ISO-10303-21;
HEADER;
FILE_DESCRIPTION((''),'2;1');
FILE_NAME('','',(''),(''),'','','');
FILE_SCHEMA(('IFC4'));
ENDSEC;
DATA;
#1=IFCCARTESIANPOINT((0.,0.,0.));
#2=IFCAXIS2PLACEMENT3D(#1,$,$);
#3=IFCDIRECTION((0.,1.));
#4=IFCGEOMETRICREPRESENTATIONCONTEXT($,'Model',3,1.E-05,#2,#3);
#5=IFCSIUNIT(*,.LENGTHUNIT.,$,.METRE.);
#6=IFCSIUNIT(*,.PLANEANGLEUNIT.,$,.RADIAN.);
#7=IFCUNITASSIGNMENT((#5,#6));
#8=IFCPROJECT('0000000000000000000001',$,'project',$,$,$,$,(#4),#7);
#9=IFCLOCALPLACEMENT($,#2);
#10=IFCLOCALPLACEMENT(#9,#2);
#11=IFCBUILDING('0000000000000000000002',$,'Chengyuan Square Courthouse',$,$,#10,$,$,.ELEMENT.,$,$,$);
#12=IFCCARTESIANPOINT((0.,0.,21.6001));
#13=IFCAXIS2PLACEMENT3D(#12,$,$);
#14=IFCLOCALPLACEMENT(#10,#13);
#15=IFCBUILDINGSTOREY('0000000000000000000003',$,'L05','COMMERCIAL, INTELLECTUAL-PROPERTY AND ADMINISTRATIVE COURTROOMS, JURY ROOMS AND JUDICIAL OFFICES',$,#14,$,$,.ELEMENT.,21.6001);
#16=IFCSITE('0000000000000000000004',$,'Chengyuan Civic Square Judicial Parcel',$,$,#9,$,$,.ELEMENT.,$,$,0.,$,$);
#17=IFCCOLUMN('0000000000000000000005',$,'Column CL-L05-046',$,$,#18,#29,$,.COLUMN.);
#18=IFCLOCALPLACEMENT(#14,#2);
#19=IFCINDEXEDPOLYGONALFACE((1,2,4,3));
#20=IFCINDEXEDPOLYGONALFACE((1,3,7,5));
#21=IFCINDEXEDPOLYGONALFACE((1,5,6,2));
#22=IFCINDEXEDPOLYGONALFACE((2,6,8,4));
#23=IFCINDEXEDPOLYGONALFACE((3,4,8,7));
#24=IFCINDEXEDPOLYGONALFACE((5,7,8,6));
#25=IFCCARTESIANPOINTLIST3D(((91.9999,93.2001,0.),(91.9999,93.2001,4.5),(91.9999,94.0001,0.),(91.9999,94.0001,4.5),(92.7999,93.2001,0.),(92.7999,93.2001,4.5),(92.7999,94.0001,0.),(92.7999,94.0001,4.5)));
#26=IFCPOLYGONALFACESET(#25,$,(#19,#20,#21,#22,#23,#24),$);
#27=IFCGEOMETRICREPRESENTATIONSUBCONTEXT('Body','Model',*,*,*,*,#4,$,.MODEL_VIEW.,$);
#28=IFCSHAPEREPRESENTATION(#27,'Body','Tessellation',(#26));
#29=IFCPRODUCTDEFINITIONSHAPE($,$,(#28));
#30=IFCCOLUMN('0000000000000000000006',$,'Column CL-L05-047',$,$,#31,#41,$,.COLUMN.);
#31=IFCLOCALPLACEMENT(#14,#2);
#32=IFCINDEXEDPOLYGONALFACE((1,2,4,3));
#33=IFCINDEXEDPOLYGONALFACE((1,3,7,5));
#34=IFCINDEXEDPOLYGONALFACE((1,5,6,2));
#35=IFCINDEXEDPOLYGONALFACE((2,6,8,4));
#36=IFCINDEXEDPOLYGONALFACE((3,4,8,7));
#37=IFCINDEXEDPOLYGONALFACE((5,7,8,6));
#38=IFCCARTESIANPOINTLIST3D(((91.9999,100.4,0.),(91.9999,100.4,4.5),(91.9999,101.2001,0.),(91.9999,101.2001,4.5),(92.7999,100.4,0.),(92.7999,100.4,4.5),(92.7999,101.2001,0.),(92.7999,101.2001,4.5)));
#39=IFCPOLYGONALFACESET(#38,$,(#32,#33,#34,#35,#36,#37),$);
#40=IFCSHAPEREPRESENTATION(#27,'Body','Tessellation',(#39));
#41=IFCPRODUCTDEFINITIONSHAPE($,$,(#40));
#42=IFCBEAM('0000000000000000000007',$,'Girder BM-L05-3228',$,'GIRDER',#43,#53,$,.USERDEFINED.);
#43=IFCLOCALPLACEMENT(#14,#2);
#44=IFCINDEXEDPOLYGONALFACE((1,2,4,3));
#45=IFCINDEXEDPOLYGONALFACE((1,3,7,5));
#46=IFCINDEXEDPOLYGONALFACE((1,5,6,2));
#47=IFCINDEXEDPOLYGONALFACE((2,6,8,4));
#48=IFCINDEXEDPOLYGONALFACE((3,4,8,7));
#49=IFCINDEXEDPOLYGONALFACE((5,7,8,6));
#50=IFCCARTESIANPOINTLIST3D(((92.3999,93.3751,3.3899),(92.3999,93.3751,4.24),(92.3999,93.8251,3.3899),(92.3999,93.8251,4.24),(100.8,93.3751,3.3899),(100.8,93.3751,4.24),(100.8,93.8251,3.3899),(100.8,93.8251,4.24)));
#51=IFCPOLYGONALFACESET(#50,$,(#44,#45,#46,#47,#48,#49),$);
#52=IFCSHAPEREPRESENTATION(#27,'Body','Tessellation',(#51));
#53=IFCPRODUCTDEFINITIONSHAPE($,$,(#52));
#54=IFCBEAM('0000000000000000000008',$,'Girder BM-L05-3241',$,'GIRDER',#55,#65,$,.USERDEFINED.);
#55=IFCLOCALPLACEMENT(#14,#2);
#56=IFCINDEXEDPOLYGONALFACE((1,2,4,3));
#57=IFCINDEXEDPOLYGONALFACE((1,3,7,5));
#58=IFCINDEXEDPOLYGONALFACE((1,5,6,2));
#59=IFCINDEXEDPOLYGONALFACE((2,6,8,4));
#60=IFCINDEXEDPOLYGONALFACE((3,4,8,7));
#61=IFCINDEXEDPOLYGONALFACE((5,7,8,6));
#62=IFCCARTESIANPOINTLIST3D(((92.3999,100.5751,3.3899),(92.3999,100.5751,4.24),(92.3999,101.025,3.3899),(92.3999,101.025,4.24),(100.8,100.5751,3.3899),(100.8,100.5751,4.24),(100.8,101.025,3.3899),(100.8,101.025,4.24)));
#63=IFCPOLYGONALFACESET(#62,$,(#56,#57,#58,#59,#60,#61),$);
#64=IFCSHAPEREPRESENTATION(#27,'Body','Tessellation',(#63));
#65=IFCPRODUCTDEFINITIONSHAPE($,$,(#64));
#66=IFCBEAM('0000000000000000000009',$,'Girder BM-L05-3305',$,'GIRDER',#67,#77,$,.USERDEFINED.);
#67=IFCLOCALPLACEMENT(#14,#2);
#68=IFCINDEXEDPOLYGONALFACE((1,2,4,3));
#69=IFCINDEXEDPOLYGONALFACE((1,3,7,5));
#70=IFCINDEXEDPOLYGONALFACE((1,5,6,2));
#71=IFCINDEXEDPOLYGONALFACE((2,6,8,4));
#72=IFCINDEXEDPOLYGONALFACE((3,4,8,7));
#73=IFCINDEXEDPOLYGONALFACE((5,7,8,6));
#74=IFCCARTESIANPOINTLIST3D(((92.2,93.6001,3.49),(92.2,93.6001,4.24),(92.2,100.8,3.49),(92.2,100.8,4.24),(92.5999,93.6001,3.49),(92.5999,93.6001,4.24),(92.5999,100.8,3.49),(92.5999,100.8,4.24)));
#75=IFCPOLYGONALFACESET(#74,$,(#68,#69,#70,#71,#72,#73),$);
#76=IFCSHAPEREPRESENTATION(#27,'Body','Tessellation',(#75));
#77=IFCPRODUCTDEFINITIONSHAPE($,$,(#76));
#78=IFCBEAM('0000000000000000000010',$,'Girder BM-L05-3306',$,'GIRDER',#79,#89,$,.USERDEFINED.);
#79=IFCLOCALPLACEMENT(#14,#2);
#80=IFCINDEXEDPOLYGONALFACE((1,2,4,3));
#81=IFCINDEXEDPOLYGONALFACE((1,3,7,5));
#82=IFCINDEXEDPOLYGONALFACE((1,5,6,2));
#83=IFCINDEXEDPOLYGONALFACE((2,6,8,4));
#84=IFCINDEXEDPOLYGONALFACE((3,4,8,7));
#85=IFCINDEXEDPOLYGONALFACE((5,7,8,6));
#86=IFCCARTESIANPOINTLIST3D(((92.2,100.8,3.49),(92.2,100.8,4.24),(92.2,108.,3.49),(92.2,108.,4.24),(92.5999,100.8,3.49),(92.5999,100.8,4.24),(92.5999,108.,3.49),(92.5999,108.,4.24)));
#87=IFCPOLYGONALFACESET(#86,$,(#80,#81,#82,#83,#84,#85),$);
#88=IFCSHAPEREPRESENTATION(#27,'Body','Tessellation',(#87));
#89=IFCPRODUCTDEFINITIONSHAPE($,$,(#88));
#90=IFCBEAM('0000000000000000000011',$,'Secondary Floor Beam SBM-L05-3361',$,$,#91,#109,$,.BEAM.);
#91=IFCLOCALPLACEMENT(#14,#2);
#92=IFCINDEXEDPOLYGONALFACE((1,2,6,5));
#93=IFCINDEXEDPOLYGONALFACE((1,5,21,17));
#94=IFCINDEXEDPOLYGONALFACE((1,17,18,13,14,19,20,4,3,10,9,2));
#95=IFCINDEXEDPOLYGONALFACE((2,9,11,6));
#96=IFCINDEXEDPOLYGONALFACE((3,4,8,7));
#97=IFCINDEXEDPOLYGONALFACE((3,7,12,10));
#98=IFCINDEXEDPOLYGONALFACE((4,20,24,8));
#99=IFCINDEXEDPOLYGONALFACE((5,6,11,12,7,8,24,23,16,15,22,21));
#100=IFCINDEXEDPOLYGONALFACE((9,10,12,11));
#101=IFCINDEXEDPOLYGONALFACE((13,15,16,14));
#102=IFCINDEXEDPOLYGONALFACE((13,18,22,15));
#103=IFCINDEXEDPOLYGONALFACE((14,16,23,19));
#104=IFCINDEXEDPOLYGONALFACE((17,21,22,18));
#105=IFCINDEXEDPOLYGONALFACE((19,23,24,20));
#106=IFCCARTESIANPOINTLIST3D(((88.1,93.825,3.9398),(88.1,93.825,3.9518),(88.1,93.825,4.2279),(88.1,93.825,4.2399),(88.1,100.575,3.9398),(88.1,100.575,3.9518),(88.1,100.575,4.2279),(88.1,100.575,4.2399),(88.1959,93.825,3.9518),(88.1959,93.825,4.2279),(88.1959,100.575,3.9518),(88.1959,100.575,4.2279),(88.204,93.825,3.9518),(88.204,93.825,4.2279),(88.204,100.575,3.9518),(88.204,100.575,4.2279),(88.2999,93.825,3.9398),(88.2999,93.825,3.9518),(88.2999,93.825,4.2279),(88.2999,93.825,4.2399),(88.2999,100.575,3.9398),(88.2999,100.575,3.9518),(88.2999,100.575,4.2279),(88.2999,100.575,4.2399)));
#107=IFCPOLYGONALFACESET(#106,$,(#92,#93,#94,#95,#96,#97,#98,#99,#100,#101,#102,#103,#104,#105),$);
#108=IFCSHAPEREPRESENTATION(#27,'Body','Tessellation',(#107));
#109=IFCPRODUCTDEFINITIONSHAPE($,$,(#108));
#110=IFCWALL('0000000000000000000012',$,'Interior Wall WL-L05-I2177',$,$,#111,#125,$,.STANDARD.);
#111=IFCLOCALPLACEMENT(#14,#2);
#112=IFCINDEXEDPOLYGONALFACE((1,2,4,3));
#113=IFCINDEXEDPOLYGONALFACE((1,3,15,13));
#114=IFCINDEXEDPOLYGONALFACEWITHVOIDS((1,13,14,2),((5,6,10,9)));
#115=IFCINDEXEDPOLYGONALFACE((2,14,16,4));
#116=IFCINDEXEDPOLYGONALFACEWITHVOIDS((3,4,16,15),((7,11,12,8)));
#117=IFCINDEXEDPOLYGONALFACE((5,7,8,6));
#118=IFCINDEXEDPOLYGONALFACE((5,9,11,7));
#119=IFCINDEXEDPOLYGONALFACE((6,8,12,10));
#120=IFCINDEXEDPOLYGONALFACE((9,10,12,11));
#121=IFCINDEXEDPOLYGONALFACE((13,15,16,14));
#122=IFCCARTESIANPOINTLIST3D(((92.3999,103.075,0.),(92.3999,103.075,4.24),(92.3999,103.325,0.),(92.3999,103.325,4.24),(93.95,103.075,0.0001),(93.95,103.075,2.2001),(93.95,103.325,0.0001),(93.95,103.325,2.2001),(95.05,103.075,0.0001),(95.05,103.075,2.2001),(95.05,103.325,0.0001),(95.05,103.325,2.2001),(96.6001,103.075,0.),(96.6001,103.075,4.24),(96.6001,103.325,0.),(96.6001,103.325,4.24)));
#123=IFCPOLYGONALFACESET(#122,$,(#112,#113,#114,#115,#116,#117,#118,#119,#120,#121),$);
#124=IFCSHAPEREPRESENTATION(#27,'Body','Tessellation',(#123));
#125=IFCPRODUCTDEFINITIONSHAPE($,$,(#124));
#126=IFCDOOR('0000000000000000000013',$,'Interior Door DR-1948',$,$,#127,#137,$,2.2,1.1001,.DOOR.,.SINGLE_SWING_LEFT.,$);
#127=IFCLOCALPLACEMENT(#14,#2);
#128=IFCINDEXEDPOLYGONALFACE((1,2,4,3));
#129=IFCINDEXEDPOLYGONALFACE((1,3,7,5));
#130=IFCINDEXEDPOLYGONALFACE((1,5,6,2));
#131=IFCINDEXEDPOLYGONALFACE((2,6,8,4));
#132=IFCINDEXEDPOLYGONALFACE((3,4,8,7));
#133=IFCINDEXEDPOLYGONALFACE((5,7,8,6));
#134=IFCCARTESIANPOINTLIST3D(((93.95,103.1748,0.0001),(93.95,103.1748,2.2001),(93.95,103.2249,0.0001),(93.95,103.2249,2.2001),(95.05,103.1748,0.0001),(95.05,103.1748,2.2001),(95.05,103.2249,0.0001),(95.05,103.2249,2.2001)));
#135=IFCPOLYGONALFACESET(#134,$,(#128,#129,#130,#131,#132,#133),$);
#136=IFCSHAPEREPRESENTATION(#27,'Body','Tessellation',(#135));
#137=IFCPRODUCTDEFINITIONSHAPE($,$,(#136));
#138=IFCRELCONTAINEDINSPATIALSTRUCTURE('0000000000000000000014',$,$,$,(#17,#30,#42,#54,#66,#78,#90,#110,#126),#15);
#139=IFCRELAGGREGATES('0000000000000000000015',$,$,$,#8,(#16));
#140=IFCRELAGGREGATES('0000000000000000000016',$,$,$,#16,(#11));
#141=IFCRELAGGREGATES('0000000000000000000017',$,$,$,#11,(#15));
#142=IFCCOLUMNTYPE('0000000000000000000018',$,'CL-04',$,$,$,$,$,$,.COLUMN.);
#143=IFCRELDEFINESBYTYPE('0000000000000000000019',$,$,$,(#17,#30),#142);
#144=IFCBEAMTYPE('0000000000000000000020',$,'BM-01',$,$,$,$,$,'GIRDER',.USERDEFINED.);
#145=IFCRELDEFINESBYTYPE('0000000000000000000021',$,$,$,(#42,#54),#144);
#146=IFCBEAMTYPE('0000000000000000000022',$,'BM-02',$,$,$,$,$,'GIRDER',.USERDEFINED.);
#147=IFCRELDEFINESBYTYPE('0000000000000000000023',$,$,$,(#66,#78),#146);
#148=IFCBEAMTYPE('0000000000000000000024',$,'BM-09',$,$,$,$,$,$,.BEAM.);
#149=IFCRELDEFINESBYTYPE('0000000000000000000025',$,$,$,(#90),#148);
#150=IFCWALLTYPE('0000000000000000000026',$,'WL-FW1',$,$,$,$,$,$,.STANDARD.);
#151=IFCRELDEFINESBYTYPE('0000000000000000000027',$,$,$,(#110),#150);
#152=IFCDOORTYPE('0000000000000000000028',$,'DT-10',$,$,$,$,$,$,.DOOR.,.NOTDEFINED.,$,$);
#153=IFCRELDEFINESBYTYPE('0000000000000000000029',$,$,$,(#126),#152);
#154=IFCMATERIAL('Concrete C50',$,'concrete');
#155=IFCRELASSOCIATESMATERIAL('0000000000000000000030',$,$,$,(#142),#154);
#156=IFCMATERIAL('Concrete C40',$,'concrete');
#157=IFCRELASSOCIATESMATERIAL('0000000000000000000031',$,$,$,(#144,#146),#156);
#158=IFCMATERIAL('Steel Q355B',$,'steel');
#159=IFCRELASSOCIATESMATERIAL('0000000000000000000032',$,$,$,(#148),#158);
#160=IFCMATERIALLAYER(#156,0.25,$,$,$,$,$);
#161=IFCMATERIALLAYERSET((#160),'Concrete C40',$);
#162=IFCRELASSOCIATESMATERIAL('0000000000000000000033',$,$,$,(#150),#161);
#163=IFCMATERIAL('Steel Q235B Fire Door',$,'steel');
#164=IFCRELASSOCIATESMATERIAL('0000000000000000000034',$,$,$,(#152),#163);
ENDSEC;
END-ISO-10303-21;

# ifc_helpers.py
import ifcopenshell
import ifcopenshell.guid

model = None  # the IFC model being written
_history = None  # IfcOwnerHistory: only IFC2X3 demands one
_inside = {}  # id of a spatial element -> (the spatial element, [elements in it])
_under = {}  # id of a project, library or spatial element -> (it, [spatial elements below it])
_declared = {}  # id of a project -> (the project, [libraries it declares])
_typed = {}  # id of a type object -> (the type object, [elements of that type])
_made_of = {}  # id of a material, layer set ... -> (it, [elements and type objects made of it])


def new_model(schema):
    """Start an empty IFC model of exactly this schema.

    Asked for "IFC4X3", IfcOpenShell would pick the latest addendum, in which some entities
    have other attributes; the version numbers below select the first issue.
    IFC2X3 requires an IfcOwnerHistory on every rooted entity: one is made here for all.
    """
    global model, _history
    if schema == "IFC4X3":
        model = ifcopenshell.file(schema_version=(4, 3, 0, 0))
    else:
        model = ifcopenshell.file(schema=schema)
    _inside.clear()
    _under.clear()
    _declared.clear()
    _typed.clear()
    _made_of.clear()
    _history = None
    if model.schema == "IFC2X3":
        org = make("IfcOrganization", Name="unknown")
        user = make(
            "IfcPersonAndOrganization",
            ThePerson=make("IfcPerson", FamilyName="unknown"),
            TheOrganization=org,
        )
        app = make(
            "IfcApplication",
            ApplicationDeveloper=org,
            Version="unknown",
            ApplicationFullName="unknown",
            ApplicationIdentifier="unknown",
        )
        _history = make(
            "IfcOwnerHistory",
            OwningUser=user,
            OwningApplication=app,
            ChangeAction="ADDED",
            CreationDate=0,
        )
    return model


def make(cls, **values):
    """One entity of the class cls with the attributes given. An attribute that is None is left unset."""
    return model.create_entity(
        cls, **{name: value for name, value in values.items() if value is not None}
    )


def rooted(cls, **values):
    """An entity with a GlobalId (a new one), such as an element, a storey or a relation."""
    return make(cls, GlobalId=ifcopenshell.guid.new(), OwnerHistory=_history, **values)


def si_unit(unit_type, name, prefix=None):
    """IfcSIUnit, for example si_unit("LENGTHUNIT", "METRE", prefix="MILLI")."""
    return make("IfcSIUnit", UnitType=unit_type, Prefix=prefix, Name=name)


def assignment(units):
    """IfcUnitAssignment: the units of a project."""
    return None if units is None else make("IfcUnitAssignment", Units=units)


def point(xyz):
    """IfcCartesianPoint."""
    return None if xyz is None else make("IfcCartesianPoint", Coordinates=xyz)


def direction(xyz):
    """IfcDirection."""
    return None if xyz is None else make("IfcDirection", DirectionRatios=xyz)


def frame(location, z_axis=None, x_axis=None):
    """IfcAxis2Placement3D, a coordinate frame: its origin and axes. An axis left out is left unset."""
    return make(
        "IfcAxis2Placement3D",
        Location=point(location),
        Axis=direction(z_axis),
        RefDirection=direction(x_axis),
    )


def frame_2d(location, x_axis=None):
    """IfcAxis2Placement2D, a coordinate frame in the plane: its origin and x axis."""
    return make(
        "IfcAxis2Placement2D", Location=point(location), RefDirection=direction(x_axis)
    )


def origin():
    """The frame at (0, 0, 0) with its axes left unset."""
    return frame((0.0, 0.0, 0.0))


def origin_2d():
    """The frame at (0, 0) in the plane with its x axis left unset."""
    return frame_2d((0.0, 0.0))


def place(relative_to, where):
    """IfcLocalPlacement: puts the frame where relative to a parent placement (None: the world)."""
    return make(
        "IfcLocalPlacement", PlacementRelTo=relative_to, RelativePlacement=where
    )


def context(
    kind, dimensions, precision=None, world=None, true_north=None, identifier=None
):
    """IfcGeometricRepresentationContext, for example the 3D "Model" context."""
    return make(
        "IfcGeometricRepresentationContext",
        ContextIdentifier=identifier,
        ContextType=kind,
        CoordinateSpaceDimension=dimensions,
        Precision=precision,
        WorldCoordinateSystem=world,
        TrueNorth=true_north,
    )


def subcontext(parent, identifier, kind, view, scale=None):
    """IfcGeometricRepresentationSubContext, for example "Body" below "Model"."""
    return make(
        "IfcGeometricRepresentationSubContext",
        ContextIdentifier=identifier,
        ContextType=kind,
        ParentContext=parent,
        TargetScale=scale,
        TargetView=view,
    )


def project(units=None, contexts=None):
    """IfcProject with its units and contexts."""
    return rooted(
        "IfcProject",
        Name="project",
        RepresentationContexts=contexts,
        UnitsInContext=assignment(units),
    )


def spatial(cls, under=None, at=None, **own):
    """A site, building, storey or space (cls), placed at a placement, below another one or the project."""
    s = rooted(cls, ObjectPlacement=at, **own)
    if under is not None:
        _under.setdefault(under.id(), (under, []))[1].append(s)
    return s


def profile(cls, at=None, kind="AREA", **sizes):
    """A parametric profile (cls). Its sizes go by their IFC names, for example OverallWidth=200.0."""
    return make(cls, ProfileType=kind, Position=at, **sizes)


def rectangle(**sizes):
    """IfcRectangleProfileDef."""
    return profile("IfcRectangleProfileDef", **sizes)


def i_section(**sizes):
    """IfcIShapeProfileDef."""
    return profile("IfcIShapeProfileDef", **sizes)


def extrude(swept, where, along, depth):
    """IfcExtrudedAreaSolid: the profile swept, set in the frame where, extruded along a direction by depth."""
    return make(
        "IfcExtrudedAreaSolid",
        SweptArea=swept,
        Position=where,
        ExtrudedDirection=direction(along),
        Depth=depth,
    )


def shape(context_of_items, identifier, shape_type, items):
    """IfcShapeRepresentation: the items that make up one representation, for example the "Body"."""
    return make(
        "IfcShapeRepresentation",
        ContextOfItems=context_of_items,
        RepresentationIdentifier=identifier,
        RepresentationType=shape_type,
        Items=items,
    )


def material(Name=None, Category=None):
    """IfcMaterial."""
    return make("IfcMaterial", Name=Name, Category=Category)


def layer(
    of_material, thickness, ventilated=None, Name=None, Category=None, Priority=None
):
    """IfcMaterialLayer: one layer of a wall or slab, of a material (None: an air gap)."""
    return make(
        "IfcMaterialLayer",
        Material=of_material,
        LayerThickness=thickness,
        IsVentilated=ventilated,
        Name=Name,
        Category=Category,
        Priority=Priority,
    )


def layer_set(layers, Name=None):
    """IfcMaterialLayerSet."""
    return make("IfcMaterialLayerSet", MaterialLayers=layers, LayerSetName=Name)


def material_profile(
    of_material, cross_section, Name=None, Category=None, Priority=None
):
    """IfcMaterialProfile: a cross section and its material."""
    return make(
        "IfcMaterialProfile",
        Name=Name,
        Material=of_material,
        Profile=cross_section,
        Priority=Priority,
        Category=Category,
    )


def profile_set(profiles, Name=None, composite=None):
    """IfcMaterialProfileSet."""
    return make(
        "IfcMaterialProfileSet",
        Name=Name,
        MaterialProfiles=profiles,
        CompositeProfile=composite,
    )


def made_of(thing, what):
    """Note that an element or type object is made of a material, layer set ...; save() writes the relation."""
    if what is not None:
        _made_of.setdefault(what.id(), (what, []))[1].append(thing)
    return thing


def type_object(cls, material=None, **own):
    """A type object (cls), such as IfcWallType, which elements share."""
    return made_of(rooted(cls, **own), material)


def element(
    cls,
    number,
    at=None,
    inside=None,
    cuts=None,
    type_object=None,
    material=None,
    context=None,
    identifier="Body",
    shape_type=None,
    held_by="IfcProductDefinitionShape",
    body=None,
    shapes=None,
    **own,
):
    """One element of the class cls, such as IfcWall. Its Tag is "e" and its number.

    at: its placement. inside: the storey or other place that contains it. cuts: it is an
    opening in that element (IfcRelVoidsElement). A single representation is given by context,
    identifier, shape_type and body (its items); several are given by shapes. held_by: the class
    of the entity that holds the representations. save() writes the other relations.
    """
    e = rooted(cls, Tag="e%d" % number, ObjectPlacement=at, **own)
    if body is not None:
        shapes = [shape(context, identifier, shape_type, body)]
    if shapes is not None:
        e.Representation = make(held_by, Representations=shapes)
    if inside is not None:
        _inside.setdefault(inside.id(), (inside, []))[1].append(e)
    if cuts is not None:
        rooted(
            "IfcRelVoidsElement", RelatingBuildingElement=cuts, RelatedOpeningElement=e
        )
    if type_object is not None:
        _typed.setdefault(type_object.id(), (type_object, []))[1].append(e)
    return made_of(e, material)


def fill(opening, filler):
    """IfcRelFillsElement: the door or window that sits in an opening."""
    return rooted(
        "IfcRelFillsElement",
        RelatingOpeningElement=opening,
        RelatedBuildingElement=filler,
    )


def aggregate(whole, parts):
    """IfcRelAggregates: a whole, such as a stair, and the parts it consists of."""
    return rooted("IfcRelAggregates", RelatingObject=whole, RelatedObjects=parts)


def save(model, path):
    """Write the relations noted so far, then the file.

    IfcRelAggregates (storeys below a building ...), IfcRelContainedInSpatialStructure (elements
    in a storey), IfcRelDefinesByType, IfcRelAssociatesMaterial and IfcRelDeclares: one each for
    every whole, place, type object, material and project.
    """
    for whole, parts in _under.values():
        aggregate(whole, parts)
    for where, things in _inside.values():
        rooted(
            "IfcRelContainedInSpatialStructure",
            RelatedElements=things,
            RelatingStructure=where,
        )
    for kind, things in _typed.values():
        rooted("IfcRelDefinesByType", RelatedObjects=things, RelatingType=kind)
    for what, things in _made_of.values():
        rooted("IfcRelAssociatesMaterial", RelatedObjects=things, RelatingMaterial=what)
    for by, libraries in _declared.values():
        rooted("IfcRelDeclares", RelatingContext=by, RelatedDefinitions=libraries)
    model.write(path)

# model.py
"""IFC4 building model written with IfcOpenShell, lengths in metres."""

from ifc_helpers import new_model, si_unit, direction, frame, frame_2d, origin, origin_2d, place, context, subcontext, project, spatial, rectangle, i_section, extrude, material, layer, layer_set, material_profile, profile_set, type_object, element, fill, save


model = new_model("IFC4")

# Units and contexts
model_context = context("Model", 3, precision=1e-05, world=origin(), true_north=direction((0.0, 1.0)))
body_context = subcontext(model_context, "Body", "Model", "MODEL_VIEW")
ifc_project = project(units=[si_unit("LENGTHUNIT", "METRE"), si_unit("PLANEANGLEUNIT", "RADIAN")], contexts=[model_context])

# Site, building, storey
site_placement = place(None, origin())
site = spatial("IfcSite", under=ifc_project, at=site_placement, Name="Chengyuan Civic Square Judicial Parcel", CompositionType="ELEMENT", RefElevation=0.0)
building_placement = place(site_placement, origin())
building = spatial("IfcBuilding", under=site, at=building_placement, Name="Chengyuan Square Courthouse", CompositionType="ELEMENT")
storey_placement = place(building_placement, frame((0.0, 0.0, 21.6001)))
storey = spatial("IfcBuildingStorey", under=building, at=storey_placement, Name="L05", Description="COMMERCIAL, INTELLECTUAL-PROPERTY AND ADMINISTRATIVE COURTROOMS, JURY ROOMS AND JUDICIAL OFFICES", CompositionType="ELEMENT", Elevation=21.6001)

# Columns
ifc_material_1 = material(Name="Concrete C50", Category="concrete")
ifc_material_profile_1 = material_profile(ifc_material_1, rectangle(XDim=0.8, YDim=0.8, at=origin_2d()), Name="RC-COL-800x800")
ifc_profile_set_1 = profile_set([ifc_material_profile_1], Name="Concrete C50")
column_type = type_object("IfcColumnType", Name="CL-04", PredefinedType="COLUMN", material=ifc_profile_set_1)
for number, where, z_axis, x_axis, name in (
    (1, (92.3999, 93.6001, 0.0), (0.0, 0.0, 1.0), (1.0, 0.0, 0.0), "Column CL-L05-046"),
    (2, (92.3999, 100.8, 0.0), (0.0, 0.0, 1.0), (1.0, 0.0, 0.0), "Column CL-L05-047"),
):
    element("IfcColumn", number, at=place(storey_placement, frame(where, z_axis=z_axis, x_axis=x_axis)), inside=storey, type_object=column_type, Name=name, PredefinedType="COLUMN", context=body_context, shape_type="SweptSolid", body=[
        extrude(rectangle(XDim=0.8, YDim=0.8, at=origin_2d()), origin(), (0.0, 0.0, 1.0), 4.5),
    ])

# Beams
ifc_material_2 = material(Name="Concrete C40", Category="concrete")
ifc_material_profile_2 = material_profile(ifc_material_2, rectangle(XDim=0.45, YDim=0.8501, at=origin_2d()), Name="RC-BM-450x850")
ifc_profile_set_2 = profile_set([ifc_material_profile_2], Name="Concrete C40")
beam_type_1 = type_object("IfcBeamType", Name="BM-01", ElementType="GIRDER", PredefinedType="USERDEFINED", material=ifc_profile_set_2)
for number, where, z_axis, x_axis, name in (
    (3, (92.3999, 93.6001, 3.8149), (1.0, 0.0, 0.0), (0.0, 1.0, 0.0), "Girder BM-L05-3228"),
    (4, (92.3999, 100.8, 3.8149), (1.0, 0.0, 0.0), (0.0, 1.0, 0.0), "Girder BM-L05-3241"),
):
    element("IfcBeam", number, at=place(storey_placement, frame(where, z_axis=z_axis, x_axis=x_axis)), inside=storey, type_object=beam_type_1, Name=name, ObjectType="GIRDER", PredefinedType="USERDEFINED", context=body_context, shape_type="SweptSolid", body=[
        extrude(rectangle(XDim=0.45, YDim=0.8501, at=origin_2d()), origin(), (0.0, 0.0, 1.0), 8.4001),
    ])
ifc_material_profile_3 = material_profile(ifc_material_2, rectangle(XDim=0.3999, YDim=0.75, at=origin_2d()), Name="RC-BM-400x750")
ifc_profile_set_3 = profile_set([ifc_material_profile_3], Name="Concrete C40")
beam_type_2 = type_object("IfcBeamType", Name="BM-02", ElementType="GIRDER", PredefinedType="USERDEFINED", material=ifc_profile_set_3)
for number, where, z_axis, x_axis, name in (
    (5, (92.3999, 93.6001, 3.865), (0.0, 1.0, 0.0), (-1.0, 0.0, 0.0), "Girder BM-L05-3305"),
    (6, (92.3999, 100.8, 3.865), (0.0, 1.0, 0.0), (-1.0, 0.0, 0.0), "Girder BM-L05-3306"),
):
    element("IfcBeam", number, at=place(storey_placement, frame(where, z_axis=z_axis, x_axis=x_axis)), inside=storey, type_object=beam_type_2, Name=name, ObjectType="GIRDER", PredefinedType="USERDEFINED", context=body_context, shape_type="SweptSolid", body=[
        extrude(rectangle(XDim=0.3999, YDim=0.75, at=origin_2d()), origin(), (0.0, 0.0, 1.0), 7.2),
    ])
ifc_material_3 = material(Name="Steel Q355B", Category="steel")
ifc_material_profile_4 = material_profile(ifc_material_3, i_section(OverallWidth=0.2, OverallDepth=0.3, WebThickness=0.0081, FlangeThickness=0.012, at=origin_2d()), Name="HM 300x200x8x12")
ifc_profile_set_4 = profile_set([ifc_material_profile_4], Name="Steel Q355B")
beam_type_3 = type_object("IfcBeamType", Name="BM-09", PredefinedType="BEAM", material=ifc_profile_set_4)
beam_placement = place(storey_placement, frame((88.2, 93.825, 4.0898), z_axis=(0.0, 1.0, 0.0), x_axis=(-1.0, 0.0, 0.0)))
element("IfcBeam", 7, at=beam_placement, inside=storey, type_object=beam_type_3, Name="Secondary Floor Beam SBM-L05-3361", PredefinedType="BEAM", context=body_context, shape_type="SweptSolid", body=[
    extrude(i_section(OverallWidth=0.2, OverallDepth=0.3, WebThickness=0.0081, FlangeThickness=0.012, at=origin_2d()), origin(), (0.0, 0.0, 1.0), 6.75),
])

# Wall, opening, door
ifc_layer_1 = layer(ifc_material_2, 0.25)
ifc_layer_set_1 = layer_set([ifc_layer_1], Name="Concrete C40")
wall_type_1 = type_object("IfcWallType", Name="WL-FW1", PredefinedType="STANDARD", material=ifc_layer_set_1)
wall_1_placement = place(storey_placement, frame((92.3999, 103.2, 0.0), z_axis=(0.0, 0.0, 1.0), x_axis=(1.0, 0.0, 0.0)))
wall_1 = element("IfcWall", 8, at=wall_1_placement, inside=storey, type_object=wall_type_1, Name="Interior Wall WL-L05-I2177", PredefinedType="STANDARD", context=body_context, shape_type="SweptSolid", body=[
    extrude(rectangle(XDim=4.2002, YDim=0.25, at=frame_2d((2.1001, 0.0))), origin(), (0.0, 0.0, 1.0), 4.24),
])
opening_1_placement = place(wall_1_placement, frame((1.55, 0.0, 0.0)))
opening_1 = element("IfcOpeningElement", 9, at=opening_1_placement, cuts=wall_1, PredefinedType="OPENING", context=body_context, shape_type="SweptSolid", body=[
    extrude(rectangle(XDim=1.1001, YDim=2.2, at=frame_2d((0.55, 1.1001))), frame((0.0, 0.137, 0.0), z_axis=(0.0, -1.0, 0.0), x_axis=(1.0, 0.0, 0.0)), (0.0, 0.0, 1.0), 0.2739),
])
ifc_material_4 = material(Name="Steel Q235B Fire Door", Category="steel")
door_type_1 = type_object("IfcDoorType", Name="DT-10", OperationType="NOTDEFINED", PredefinedType="DOOR", material=ifc_material_4)
door_1_placement = place(opening_1_placement, origin())
door_1 = element("IfcDoor", 10, at=door_1_placement, inside=storey, type_object=door_type_1, Name="Interior Door DR-1948", OperationType="SINGLE_SWING_LEFT", OverallHeight=2.2, OverallWidth=1.1001, PredefinedType="DOOR", context=body_context, shape_type="SweptSolid", body=[
    extrude(rectangle(XDim=1.1001, YDim=2.2, at=frame_2d((0.55, 1.1001))), frame((0.0, 0.0249, 0.0), z_axis=(0.0, -1.0, 0.0), x_axis=(1.0, 0.0, 0.0)), (0.0, 0.0, 1.0), 0.05),
])
fill(opening_1, door_1)

save(model, "model.ifc")
